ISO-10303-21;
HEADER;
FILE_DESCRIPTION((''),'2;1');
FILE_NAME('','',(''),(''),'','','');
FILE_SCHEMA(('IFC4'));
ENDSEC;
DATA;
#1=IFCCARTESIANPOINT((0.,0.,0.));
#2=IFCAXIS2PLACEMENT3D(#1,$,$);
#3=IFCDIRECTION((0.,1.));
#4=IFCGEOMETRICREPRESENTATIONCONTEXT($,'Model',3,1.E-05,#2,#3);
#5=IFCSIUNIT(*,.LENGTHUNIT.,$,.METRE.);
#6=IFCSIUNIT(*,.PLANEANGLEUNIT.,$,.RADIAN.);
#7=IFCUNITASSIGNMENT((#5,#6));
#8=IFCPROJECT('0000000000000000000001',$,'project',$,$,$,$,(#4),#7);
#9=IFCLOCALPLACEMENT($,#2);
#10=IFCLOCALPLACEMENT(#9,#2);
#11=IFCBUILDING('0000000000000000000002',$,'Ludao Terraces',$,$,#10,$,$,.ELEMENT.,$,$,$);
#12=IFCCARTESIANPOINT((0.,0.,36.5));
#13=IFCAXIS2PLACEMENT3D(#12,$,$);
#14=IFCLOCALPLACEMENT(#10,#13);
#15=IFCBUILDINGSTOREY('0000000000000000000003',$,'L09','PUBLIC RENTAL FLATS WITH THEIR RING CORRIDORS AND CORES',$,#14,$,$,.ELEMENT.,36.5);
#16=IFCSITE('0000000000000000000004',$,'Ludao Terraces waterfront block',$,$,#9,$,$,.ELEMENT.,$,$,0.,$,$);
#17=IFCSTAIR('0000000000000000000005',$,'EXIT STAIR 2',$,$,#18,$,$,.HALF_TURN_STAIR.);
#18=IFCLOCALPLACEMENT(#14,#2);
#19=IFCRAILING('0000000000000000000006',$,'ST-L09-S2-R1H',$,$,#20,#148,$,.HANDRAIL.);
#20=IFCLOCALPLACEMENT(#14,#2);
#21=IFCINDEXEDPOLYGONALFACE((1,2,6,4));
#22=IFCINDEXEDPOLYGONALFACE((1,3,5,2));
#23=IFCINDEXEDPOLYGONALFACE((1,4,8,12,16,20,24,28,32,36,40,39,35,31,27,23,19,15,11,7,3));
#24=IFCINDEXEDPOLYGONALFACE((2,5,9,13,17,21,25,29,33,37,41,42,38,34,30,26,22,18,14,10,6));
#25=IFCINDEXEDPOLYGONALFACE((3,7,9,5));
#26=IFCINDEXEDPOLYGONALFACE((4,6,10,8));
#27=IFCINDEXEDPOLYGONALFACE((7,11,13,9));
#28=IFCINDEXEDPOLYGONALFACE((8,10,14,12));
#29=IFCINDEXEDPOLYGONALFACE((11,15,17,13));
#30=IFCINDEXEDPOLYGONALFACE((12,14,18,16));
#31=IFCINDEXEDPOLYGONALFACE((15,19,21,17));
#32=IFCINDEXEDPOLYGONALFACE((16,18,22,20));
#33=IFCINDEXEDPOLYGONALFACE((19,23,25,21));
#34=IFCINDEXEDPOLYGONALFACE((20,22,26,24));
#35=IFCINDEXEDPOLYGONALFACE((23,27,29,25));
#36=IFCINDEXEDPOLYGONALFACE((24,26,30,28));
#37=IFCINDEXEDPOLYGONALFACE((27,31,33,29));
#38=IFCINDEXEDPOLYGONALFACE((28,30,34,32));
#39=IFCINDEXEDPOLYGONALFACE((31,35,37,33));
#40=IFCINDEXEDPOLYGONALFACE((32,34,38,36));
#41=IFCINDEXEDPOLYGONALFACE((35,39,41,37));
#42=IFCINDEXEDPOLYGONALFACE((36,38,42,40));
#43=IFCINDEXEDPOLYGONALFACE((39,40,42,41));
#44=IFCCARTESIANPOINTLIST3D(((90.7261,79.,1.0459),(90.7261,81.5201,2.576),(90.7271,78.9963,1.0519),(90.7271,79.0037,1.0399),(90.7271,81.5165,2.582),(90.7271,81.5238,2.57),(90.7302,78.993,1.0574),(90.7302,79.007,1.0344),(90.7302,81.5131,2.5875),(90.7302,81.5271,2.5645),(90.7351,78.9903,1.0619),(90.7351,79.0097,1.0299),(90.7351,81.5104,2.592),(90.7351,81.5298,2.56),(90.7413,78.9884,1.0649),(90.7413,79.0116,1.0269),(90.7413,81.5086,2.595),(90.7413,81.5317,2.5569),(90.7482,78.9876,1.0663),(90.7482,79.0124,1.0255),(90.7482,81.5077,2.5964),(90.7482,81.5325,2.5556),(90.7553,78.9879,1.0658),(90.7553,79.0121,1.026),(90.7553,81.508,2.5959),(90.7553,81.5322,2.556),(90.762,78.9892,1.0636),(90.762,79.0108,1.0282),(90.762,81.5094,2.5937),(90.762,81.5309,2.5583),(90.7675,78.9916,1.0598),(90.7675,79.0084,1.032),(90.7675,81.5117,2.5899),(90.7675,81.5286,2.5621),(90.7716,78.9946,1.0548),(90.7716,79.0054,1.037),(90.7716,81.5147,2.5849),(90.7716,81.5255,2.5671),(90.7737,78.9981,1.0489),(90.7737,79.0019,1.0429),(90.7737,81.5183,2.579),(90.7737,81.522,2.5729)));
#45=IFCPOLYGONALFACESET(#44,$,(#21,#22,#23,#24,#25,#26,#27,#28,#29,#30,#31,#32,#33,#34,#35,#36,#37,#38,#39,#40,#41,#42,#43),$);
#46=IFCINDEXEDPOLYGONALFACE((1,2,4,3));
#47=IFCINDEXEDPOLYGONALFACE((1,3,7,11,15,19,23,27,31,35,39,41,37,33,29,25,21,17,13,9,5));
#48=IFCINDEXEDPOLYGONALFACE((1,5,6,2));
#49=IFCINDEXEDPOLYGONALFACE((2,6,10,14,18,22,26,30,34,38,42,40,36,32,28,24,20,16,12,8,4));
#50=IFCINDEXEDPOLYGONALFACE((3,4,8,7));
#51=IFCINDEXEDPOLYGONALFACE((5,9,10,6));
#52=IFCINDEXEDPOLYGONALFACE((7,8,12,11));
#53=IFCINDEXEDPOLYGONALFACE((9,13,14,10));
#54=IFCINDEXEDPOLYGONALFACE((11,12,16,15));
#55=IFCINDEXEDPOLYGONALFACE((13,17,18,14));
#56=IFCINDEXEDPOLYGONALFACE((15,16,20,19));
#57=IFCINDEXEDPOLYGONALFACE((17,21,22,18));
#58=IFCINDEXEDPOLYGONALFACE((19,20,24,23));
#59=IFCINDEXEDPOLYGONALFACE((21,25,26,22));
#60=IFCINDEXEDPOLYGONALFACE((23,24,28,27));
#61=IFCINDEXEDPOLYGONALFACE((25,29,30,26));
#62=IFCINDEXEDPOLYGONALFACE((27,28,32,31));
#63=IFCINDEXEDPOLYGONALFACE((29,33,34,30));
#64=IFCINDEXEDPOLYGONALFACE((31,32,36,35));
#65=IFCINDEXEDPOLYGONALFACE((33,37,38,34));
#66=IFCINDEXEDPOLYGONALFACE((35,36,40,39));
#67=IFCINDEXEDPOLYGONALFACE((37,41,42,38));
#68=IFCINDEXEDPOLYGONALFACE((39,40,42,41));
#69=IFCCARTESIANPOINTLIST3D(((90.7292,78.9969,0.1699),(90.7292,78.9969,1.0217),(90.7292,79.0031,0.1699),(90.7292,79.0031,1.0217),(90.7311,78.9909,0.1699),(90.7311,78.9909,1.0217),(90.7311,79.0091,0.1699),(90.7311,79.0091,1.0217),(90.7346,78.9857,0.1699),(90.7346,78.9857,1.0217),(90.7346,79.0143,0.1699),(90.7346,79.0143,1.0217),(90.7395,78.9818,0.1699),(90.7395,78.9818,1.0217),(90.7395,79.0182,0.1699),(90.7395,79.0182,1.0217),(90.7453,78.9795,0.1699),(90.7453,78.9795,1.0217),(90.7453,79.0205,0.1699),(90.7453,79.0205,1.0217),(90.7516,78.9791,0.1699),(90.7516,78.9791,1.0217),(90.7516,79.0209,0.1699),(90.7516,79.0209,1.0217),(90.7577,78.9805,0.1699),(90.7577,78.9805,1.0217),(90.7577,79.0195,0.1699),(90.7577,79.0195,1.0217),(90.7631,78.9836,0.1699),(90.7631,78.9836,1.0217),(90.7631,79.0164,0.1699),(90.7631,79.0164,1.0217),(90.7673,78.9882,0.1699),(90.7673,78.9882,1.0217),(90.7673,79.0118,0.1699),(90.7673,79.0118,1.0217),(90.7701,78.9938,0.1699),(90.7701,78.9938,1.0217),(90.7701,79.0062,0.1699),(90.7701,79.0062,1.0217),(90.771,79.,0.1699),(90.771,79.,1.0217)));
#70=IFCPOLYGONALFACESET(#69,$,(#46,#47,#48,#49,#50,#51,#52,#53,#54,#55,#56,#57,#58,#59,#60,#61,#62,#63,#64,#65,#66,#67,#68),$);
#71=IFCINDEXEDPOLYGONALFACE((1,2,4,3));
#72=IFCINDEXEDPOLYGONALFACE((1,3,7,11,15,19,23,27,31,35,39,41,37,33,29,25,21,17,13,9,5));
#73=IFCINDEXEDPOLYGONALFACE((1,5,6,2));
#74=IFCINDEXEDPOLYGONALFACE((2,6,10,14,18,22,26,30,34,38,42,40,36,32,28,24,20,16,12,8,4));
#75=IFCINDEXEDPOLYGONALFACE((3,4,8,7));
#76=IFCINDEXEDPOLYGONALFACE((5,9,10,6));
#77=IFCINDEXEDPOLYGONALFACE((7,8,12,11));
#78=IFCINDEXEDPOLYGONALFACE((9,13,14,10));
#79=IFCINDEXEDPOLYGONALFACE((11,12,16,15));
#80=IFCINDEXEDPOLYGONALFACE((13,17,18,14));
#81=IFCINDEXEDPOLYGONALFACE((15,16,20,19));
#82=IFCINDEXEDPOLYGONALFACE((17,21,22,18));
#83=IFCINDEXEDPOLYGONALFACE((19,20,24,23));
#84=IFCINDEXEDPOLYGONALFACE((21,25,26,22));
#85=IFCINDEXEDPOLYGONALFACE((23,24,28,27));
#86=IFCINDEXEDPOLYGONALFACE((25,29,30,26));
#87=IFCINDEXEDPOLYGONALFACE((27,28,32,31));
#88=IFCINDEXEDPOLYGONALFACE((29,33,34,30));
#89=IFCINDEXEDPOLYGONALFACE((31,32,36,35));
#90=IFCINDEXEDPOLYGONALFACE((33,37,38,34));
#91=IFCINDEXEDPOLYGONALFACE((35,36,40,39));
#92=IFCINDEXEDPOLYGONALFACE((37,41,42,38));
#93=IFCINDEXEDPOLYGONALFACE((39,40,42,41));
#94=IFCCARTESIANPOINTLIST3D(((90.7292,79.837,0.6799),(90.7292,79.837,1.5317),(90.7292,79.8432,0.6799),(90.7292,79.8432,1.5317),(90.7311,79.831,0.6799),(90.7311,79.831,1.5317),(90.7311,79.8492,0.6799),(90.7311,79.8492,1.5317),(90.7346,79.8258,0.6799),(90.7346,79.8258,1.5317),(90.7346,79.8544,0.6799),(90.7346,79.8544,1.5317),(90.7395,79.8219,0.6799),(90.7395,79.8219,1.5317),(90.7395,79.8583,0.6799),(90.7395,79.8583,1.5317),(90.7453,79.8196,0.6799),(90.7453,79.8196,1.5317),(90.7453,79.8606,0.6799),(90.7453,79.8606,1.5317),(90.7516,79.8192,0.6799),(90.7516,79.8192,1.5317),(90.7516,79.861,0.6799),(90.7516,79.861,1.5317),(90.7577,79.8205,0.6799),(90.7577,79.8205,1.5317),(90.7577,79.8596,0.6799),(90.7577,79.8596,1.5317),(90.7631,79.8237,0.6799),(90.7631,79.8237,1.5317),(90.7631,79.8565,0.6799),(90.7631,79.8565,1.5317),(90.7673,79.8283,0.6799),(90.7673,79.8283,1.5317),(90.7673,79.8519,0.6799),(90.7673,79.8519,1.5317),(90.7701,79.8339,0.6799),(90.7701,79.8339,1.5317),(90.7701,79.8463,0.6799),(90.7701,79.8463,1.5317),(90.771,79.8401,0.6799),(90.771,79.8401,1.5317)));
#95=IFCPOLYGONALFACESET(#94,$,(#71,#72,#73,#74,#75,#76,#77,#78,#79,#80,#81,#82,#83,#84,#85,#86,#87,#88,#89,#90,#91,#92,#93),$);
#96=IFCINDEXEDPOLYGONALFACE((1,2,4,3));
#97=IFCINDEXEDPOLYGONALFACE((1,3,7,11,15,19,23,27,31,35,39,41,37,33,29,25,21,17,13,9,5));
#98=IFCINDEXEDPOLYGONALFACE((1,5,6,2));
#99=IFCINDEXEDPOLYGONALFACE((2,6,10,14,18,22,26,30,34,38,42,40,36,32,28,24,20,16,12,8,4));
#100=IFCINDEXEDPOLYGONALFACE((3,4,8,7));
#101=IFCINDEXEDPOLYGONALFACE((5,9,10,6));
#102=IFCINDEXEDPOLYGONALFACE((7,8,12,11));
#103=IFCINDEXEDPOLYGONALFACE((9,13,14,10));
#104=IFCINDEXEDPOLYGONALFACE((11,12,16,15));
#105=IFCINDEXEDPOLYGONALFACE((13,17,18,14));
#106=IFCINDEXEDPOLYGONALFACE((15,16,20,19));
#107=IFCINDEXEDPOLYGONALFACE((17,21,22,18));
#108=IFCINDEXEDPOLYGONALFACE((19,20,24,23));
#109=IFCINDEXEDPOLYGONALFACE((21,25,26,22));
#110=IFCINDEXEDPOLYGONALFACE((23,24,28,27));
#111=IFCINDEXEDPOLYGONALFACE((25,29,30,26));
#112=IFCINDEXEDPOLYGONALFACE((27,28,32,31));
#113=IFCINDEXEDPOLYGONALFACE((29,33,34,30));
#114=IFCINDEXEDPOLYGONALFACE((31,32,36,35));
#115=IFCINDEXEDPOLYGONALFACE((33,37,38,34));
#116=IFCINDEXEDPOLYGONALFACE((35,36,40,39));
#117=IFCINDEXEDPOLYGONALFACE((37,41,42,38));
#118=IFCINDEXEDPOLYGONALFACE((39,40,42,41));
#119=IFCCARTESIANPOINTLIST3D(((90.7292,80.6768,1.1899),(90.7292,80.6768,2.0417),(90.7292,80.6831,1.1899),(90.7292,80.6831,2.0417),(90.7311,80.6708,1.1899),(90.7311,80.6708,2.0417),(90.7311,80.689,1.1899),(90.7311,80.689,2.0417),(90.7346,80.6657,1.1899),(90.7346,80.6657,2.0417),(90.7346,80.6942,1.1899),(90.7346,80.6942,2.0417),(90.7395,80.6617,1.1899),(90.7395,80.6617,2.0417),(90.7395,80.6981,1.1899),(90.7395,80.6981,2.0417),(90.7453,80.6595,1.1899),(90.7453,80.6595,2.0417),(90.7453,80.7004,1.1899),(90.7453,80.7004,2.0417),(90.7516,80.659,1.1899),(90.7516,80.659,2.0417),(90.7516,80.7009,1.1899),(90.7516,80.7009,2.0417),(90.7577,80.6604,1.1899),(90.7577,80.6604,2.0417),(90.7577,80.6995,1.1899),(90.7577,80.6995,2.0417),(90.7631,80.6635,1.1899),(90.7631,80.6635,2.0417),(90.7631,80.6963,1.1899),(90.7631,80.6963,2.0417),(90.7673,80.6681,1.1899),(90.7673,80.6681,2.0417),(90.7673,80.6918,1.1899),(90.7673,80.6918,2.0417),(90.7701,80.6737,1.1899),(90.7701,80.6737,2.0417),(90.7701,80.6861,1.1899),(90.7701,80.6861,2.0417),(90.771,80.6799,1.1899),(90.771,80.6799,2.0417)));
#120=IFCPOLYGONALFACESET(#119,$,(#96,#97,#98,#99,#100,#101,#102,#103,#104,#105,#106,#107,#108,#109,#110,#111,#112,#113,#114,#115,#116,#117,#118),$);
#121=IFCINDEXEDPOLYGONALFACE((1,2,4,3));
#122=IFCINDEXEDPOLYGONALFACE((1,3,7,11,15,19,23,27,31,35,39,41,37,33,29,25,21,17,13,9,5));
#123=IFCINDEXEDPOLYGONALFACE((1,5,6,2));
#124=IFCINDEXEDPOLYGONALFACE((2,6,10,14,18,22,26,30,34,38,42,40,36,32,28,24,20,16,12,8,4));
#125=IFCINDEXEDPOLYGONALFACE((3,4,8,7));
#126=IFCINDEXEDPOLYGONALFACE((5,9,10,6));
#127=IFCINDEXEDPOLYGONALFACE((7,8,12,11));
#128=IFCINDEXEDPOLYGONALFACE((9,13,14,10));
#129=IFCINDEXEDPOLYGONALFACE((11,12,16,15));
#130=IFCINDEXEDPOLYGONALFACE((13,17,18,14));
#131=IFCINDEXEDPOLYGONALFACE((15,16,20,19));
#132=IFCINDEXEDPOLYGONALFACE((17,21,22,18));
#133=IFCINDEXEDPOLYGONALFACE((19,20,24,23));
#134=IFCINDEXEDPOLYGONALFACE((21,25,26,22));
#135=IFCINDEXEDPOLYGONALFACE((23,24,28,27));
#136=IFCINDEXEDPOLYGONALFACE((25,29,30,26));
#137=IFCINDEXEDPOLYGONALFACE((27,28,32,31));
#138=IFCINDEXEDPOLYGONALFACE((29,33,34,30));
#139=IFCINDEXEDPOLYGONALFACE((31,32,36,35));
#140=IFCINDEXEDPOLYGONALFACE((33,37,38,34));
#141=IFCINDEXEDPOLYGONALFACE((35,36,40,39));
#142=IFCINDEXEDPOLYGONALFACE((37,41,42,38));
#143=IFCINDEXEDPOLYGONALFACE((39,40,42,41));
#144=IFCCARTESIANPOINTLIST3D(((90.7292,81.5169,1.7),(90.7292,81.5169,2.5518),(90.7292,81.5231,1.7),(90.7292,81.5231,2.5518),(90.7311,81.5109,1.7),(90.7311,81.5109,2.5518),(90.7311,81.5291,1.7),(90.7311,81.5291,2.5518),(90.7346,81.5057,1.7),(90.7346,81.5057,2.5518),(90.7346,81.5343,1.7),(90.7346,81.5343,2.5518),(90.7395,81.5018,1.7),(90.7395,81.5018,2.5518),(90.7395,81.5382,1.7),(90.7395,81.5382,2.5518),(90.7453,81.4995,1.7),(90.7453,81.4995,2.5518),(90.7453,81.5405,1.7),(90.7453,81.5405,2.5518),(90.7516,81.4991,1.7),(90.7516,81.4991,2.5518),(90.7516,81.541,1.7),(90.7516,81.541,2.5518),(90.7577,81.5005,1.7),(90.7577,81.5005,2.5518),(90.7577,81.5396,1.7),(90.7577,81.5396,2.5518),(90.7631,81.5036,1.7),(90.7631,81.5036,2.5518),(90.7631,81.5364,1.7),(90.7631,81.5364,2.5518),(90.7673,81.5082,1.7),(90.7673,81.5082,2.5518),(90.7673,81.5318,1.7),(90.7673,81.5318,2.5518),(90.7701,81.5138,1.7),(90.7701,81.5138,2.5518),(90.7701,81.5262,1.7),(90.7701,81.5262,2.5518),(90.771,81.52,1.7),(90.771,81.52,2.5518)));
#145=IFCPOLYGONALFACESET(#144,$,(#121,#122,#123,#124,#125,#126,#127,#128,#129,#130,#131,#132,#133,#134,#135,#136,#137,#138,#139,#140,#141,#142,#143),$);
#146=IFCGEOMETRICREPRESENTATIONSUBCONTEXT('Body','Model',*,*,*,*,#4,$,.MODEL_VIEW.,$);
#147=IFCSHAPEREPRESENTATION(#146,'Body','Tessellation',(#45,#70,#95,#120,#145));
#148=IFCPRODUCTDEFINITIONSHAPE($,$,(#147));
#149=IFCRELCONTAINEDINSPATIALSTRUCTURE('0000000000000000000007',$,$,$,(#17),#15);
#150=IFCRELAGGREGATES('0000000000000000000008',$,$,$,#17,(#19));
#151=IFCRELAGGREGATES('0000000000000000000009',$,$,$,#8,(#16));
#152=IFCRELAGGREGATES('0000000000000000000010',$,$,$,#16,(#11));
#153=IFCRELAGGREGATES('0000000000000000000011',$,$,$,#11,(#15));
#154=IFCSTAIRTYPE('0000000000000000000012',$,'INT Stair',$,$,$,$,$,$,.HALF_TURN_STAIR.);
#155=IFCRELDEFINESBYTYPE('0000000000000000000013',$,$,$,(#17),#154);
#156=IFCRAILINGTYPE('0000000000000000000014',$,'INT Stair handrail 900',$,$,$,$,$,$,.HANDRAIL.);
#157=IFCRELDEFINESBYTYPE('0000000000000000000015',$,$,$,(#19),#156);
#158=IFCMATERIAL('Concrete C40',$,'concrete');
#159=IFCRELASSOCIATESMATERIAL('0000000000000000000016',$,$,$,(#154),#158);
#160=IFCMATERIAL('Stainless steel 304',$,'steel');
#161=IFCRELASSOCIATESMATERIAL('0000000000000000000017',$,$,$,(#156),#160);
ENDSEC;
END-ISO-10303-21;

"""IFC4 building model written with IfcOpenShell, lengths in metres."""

from ifc_helpers import new_model, si_unit, direction, frame, origin, origin_2d, place, context, subcontext, project, spatial, circle, extrude, material, type_object, element, aggregate, save


model = new_model("IFC4")

# Units and contexts
model_context = context("Model", 3, precision=1e-05, world=origin(), true_north=direction((0.0, 1.0)))
body_context = subcontext(model_context, "Body", "Model", "MODEL_VIEW")
ifc_project = project(units=[si_unit("LENGTHUNIT", "METRE"), si_unit("PLANEANGLEUNIT", "RADIAN")], contexts=[model_context])

# Site, building, storey
site_placement = place(None, origin())
site = spatial("IfcSite", under=ifc_project, at=site_placement, Name="Ludao Terraces waterfront block", CompositionType="ELEMENT", RefElevation=0.0)
building_placement = place(site_placement, origin())
building = spatial("IfcBuilding", under=site, at=building_placement, Name="Ludao Terraces", CompositionType="ELEMENT")
storey_placement = place(building_placement, frame((0.0, 0.0, 36.5)))
storey = spatial("IfcBuildingStorey", under=building, at=storey_placement, Name="L09", Description="PUBLIC RENTAL FLATS WITH THEIR RING CORRIDORS AND CORES", CompositionType="ELEMENT", Elevation=36.5)

# Stair, railing
ifc_material_1 = material(Name="Concrete C40", Category="concrete")
stair_type = type_object("IfcStairType", Name="INT Stair", PredefinedType="HALF_TURN_STAIR", material=ifc_material_1)
stair_placement = place(storey_placement, origin())
stair = element("IfcStair", 1, at=stair_placement, inside=storey, type_object=stair_type, Name="EXIT STAIR 2", PredefinedType="HALF_TURN_STAIR")
ifc_material_2 = material(Name="Stainless steel 304", Category="steel")
railing_type_1 = type_object("IfcRailingType", Name="INT Stair handrail 900", PredefinedType="HANDRAIL", material=ifc_material_2)
railing_1_placement = place(storey_placement, frame((90.75, 79.0, 0.1699)))
railing_1 = element("IfcRailing", 2, at=railing_1_placement, type_object=railing_type_1, Name="ST-L09-S2-R1H", PredefinedType="HANDRAIL", context=body_context, shape_type="SweptSolid", body=[
    extrude(circle(Radius=0.0239, at=origin_2d()), frame((0.0, 0.0, 0.876), z_axis=(0.0, 0.854785, 0.518982), x_axis=(-1.0, 0.0, 0.0)), (0.0, 0.0, 1.0), 2.9482),
    extrude(circle(Radius=0.021, at=origin_2d()), origin(), (0.0, 0.0, 1.0), 0.8518),
    extrude(circle(Radius=0.021, at=origin_2d()), frame((0.0, 0.8401, 0.51)), (0.0, 0.0, 1.0), 0.8518),
    extrude(circle(Radius=0.021, at=origin_2d()), frame((0.0, 1.6799, 1.02)), (0.0, 0.0, 1.0), 0.8518),
    extrude(circle(Radius=0.021, at=origin_2d()), frame((0.0, 2.52, 1.53)), (0.0, 0.0, 1.0), 0.8518),
])
aggregate(stair, [railing_1])

save(model, "model.ifc")
